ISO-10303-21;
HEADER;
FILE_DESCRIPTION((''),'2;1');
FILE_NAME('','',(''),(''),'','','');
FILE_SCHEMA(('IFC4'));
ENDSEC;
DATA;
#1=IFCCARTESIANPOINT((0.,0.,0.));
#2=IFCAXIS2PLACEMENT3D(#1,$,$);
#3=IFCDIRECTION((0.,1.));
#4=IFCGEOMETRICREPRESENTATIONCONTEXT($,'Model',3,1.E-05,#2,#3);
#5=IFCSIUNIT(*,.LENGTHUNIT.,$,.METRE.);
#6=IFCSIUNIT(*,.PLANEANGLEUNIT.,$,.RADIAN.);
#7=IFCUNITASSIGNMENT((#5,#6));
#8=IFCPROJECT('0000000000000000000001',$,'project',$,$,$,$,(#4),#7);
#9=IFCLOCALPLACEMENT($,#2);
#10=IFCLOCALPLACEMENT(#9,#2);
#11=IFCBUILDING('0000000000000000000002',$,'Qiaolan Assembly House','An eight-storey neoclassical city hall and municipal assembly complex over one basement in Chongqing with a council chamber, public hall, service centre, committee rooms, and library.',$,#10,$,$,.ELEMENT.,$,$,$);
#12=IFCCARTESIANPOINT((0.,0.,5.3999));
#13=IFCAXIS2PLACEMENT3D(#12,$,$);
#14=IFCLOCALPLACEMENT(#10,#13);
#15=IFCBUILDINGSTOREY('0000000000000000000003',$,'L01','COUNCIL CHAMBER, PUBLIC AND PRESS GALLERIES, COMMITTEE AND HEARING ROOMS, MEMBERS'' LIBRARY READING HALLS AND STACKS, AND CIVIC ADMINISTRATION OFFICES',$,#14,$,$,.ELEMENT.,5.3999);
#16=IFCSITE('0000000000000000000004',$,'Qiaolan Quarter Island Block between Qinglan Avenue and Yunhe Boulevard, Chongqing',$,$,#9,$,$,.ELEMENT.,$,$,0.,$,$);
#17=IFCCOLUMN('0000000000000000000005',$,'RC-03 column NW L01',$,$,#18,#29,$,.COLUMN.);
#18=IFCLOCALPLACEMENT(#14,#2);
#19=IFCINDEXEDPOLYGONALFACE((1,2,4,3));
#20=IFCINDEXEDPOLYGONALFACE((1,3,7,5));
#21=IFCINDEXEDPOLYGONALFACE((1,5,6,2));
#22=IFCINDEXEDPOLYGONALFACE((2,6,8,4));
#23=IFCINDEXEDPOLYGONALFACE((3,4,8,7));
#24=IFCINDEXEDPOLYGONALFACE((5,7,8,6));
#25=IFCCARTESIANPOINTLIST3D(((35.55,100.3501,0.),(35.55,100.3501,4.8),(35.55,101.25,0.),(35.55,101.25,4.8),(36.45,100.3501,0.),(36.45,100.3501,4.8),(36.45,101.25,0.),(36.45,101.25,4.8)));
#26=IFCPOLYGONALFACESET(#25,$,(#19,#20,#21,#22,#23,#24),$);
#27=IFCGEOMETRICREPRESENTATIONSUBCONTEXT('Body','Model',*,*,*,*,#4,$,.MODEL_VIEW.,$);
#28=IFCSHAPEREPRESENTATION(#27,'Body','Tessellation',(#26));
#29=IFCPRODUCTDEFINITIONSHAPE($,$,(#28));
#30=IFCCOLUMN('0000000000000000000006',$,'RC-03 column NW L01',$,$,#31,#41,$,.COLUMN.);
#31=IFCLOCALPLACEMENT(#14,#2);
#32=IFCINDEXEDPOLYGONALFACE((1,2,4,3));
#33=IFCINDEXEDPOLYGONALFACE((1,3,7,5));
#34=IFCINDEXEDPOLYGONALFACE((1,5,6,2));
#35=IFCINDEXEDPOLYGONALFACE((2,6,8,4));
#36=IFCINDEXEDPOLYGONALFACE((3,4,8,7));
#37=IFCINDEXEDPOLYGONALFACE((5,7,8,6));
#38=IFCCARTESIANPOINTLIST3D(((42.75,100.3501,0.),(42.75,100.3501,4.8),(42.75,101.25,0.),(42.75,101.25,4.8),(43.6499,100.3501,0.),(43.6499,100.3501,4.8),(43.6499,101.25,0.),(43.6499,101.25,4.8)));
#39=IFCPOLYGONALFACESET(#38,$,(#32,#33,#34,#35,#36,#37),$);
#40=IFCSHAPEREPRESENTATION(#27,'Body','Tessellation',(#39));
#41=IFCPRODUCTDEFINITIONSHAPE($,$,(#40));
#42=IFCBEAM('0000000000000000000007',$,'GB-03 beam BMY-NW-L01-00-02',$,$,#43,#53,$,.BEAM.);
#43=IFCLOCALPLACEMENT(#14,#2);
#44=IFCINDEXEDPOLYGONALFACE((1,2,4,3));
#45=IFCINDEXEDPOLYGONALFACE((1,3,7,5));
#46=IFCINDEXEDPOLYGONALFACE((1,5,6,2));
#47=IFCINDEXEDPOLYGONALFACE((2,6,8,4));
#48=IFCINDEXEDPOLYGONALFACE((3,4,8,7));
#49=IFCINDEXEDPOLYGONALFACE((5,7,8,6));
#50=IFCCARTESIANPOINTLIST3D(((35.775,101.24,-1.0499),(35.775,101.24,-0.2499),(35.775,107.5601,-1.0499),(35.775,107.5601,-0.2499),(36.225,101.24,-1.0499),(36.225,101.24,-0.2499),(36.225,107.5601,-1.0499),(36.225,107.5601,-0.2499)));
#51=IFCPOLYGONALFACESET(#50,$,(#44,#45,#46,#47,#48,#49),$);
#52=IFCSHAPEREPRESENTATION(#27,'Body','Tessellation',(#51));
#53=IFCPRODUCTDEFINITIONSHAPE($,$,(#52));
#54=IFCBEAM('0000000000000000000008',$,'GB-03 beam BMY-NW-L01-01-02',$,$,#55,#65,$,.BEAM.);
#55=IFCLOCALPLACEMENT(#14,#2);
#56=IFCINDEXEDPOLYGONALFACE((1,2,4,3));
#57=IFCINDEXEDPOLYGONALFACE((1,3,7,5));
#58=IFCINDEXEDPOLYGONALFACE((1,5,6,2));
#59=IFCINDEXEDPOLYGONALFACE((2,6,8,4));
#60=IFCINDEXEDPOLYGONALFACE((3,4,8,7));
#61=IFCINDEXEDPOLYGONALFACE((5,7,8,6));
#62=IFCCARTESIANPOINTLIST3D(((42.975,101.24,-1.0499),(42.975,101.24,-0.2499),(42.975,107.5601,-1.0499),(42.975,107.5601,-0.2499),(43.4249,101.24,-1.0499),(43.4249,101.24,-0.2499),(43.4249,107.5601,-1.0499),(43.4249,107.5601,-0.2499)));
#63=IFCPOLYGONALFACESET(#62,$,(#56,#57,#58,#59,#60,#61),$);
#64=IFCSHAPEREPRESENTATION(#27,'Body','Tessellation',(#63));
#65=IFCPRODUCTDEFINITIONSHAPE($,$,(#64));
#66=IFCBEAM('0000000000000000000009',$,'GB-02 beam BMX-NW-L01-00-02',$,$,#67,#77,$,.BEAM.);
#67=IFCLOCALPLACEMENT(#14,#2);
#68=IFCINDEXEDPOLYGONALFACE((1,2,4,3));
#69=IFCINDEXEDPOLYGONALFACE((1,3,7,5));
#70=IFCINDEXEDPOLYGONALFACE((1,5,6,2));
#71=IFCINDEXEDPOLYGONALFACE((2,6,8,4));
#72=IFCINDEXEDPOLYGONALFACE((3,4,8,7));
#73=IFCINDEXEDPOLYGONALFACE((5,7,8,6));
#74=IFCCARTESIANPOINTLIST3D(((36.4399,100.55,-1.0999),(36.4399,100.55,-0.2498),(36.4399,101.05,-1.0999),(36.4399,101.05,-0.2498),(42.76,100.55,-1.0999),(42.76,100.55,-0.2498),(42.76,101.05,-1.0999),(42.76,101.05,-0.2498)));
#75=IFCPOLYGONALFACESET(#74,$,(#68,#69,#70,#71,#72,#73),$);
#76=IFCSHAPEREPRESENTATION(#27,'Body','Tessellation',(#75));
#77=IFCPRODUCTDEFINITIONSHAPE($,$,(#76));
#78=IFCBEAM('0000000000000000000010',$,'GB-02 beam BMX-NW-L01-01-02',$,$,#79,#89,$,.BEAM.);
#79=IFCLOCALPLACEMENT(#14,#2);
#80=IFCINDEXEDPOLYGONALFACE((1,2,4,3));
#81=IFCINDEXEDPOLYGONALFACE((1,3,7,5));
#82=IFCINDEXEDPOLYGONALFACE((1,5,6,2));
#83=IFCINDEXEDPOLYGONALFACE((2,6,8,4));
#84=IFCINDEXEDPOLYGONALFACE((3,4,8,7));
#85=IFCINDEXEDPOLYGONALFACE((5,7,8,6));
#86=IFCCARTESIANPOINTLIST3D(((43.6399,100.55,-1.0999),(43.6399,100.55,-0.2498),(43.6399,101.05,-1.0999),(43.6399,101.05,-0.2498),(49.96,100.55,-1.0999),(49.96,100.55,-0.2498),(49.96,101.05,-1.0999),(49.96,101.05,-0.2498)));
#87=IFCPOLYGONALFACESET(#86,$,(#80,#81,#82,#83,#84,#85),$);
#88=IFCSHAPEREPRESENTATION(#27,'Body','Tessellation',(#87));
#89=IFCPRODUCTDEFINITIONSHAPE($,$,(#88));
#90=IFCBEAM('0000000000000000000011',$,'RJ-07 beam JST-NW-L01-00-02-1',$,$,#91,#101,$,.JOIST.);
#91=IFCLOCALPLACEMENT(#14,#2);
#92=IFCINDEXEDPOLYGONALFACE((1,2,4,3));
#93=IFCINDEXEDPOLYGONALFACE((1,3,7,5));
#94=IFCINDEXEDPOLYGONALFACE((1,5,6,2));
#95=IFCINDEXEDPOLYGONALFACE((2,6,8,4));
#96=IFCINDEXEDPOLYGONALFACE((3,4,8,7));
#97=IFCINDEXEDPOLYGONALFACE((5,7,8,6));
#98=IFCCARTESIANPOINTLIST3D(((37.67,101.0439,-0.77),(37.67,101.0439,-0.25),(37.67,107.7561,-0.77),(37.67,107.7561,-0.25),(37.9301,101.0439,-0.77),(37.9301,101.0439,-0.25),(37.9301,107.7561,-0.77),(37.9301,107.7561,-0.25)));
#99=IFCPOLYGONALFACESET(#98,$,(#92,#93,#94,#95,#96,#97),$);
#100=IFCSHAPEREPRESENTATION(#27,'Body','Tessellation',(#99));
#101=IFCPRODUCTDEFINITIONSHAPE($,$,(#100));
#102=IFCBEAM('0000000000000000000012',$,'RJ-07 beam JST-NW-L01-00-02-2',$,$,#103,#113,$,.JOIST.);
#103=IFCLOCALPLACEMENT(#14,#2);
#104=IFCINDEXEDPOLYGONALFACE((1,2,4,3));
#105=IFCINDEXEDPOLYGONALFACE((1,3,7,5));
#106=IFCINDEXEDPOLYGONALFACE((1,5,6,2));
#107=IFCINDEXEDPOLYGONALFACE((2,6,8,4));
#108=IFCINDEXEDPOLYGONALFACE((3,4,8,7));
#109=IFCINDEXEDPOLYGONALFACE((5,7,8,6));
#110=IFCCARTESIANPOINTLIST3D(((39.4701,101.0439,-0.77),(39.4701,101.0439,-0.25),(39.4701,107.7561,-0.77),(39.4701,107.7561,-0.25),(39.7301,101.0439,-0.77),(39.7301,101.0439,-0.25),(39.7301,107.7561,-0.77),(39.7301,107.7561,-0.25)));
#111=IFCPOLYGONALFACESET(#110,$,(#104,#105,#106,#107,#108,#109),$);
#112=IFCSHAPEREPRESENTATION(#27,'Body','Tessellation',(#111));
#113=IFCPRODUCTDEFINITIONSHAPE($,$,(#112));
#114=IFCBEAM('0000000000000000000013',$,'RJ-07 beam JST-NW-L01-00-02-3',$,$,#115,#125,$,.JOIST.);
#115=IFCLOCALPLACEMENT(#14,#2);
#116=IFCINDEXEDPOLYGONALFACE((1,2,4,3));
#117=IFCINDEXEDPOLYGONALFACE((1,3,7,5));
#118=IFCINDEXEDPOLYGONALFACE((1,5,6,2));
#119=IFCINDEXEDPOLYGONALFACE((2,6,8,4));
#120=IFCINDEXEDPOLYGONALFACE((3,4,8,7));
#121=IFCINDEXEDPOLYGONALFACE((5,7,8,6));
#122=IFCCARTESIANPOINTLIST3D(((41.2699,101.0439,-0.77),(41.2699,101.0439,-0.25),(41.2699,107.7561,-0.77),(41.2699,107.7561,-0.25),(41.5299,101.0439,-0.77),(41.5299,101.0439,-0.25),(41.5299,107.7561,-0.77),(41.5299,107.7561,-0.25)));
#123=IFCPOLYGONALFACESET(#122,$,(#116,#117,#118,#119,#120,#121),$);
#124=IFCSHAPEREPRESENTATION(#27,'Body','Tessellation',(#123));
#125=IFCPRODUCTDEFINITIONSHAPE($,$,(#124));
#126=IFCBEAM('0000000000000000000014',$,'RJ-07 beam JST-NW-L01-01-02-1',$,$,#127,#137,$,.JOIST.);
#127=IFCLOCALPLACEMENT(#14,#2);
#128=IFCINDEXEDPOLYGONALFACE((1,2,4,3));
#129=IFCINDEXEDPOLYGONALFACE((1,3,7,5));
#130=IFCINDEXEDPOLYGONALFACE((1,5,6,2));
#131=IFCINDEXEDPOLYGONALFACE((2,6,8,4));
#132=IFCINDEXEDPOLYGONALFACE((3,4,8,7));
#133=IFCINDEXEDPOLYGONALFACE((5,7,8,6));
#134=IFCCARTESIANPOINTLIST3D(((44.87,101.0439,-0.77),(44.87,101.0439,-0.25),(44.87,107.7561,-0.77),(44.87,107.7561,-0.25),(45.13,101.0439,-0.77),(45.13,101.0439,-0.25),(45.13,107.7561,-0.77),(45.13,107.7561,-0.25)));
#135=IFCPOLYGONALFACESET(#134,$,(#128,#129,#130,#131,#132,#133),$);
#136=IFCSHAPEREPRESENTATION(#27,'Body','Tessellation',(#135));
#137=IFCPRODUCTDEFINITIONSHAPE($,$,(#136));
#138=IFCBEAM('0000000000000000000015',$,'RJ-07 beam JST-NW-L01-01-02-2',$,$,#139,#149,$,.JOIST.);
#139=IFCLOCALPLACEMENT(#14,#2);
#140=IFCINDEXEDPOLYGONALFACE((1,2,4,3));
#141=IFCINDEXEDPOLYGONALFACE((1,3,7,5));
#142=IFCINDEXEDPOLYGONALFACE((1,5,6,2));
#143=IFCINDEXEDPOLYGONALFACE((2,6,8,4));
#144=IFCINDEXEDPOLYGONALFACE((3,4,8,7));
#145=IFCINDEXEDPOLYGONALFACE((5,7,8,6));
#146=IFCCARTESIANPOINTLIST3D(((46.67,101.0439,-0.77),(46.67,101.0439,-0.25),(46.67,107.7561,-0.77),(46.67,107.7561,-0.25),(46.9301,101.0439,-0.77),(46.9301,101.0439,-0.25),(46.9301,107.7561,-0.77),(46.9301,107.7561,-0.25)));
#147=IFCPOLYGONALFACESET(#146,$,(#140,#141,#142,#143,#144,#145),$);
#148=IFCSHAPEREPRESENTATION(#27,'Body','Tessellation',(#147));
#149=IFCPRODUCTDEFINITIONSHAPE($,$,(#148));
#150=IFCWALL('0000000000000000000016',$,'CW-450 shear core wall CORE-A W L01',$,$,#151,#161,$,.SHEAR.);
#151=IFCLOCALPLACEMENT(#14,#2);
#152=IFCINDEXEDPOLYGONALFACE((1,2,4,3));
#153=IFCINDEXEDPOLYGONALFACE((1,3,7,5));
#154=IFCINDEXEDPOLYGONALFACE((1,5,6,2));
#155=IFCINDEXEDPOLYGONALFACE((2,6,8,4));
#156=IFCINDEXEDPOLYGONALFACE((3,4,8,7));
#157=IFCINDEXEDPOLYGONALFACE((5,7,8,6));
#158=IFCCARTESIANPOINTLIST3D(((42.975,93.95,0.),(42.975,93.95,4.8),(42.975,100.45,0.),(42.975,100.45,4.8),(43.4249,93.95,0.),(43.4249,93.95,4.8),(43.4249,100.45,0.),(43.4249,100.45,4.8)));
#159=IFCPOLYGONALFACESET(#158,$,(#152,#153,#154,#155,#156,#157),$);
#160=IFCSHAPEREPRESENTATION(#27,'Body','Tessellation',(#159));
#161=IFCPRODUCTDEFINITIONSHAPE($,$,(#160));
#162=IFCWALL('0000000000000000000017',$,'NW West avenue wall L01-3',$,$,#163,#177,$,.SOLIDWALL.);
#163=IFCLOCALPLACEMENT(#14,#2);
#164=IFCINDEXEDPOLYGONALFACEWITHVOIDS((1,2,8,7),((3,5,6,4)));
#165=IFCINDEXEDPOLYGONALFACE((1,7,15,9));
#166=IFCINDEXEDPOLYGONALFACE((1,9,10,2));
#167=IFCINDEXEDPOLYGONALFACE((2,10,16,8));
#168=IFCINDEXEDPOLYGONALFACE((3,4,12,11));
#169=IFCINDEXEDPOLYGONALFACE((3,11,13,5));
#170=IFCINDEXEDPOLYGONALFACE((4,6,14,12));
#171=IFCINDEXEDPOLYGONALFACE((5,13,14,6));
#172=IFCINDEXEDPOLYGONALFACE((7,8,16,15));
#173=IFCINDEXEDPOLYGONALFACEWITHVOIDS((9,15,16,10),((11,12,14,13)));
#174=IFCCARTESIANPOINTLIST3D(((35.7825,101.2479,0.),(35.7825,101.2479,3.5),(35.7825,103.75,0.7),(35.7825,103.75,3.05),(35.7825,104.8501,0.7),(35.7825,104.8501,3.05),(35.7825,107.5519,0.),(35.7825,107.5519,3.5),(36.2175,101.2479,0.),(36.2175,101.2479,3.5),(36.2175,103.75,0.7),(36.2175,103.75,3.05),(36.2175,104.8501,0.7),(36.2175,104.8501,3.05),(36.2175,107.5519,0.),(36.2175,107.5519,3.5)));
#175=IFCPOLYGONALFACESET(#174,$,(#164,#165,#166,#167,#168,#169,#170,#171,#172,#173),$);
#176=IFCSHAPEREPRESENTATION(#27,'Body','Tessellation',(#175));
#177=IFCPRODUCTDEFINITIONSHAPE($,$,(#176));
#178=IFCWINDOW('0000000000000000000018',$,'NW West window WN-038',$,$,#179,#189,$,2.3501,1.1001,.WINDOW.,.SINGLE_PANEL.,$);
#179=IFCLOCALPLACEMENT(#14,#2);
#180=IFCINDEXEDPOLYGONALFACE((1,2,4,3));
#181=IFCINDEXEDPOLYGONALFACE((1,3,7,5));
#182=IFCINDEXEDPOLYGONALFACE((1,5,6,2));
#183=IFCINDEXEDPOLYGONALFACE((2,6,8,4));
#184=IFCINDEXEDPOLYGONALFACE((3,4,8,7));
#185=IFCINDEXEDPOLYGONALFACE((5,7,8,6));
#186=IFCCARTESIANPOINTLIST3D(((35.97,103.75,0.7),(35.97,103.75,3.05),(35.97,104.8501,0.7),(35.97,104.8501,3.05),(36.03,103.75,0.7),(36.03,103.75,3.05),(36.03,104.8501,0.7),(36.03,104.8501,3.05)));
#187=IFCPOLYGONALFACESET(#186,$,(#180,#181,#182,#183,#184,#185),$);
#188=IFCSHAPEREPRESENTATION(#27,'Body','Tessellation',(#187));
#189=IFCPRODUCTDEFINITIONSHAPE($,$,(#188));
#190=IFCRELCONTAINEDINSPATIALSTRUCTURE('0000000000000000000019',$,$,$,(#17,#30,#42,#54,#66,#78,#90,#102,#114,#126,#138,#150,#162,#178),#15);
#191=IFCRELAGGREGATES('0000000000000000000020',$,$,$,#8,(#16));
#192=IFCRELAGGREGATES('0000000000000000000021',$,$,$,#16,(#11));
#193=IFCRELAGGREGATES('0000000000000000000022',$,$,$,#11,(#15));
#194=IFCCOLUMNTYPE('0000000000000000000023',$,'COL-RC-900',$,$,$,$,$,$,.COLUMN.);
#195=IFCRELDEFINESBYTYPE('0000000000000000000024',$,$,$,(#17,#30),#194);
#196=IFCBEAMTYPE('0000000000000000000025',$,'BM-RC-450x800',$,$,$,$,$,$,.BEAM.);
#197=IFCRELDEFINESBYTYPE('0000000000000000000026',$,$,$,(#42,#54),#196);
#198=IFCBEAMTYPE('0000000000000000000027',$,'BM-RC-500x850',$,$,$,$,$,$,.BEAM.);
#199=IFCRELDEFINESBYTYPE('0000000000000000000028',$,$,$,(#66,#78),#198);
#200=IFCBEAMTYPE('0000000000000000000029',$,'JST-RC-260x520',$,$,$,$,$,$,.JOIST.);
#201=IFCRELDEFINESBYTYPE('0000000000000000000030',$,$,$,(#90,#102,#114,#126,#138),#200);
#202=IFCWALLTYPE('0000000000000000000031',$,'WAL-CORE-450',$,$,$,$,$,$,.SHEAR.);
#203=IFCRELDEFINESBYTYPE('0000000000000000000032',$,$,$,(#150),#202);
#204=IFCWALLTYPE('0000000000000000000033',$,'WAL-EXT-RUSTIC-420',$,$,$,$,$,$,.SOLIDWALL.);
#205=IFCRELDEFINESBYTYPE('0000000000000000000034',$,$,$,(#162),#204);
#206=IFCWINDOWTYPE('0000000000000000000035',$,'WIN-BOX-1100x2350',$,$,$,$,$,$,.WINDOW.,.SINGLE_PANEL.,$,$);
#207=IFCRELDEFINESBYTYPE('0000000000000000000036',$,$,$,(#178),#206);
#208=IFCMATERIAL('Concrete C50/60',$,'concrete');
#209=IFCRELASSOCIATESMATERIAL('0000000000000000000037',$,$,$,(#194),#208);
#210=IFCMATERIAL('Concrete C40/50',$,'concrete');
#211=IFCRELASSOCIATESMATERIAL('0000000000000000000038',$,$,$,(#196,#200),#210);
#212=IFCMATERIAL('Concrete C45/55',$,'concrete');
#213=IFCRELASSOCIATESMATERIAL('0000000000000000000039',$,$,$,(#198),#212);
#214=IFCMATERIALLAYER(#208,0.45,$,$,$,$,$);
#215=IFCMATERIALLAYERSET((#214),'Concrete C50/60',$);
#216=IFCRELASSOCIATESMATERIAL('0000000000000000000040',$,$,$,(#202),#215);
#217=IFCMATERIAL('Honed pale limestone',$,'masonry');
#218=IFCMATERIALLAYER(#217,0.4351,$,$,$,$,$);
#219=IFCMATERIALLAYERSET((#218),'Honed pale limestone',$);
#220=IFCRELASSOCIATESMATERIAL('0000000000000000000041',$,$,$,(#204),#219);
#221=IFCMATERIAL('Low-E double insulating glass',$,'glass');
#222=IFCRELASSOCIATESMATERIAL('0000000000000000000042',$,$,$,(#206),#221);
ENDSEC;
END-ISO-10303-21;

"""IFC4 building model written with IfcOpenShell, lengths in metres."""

from ifc_helpers import new_model, si_unit, direction, frame, frame_2d, origin, origin_2d, place, context, subcontext, project, spatial, rectangle, extrude, material, layer, layer_set, material_profile, profile_set, type_object, element, fill, save


model = new_model("IFC4")

# Units and contexts
model_context = context("Model", 3, precision=1e-05, world=origin(), true_north=direction((0.0, 1.0)))
body_context = subcontext(model_context, "Body", "Model", "MODEL_VIEW")
ifc_project = project(units=[si_unit("LENGTHUNIT", "METRE"), si_unit("PLANEANGLEUNIT", "RADIAN")], contexts=[model_context])

# Site, building, storey
site_placement = place(None, origin())
site = spatial("IfcSite", under=ifc_project, at=site_placement, Name="Qiaolan Quarter Island Block between Qinglan Avenue and Yunhe Boulevard, Chongqing", CompositionType="ELEMENT", RefElevation=0.0)
building_placement = place(site_placement, origin())
building = spatial("IfcBuilding", under=site, at=building_placement, Name="Qiaolan Assembly House", Description="An eight-storey neoclassical city hall and municipal assembly complex over one basement in Chongqing with a council chamber, public hall, service centre, committee rooms, and library.", CompositionType="ELEMENT")
storey_placement = place(building_placement, frame((0.0, 0.0, 5.3999)))
storey = spatial("IfcBuildingStorey", under=building, at=storey_placement, Name="L01", Description="COUNCIL CHAMBER, PUBLIC AND PRESS GALLERIES, COMMITTEE AND HEARING ROOMS, MEMBERS' LIBRARY READING HALLS AND STACKS, AND CIVIC ADMINISTRATION OFFICES", CompositionType="ELEMENT", Elevation=5.3999)

# Columns
ifc_material_1 = material(Name="Concrete C50/60", Category="concrete")
ifc_material_profile_1 = material_profile(ifc_material_1, rectangle(XDim=0.8999, YDim=0.8999, at=origin_2d()), Name="RC 900x900")
ifc_profile_set_1 = profile_set([ifc_material_profile_1], Name="Concrete C50/60")
column_type = type_object("IfcColumnType", Name="COL-RC-900", PredefinedType="COLUMN", material=ifc_profile_set_1)
for number, where, z_axis, x_axis, name in (
    (1, (36.0, 100.8, 0.0), (0.0, 0.0, 1.0), (1.0, 0.0, 0.0), "RC-03 column NW L01"),
    (2, (43.2, 100.8, 0.0), (0.0, 0.0, 1.0), (1.0, 0.0, 0.0), "RC-03 column NW L01"),
):
    element("IfcColumn", number, at=place(storey_placement, frame(where, z_axis=z_axis, x_axis=x_axis)), inside=storey, type_object=column_type, Name=name, PredefinedType="COLUMN", context=body_context, shape_type="SweptSolid", body=[
        extrude(rectangle(XDim=0.8999, YDim=0.8999, at=origin_2d()), origin(), (0.0, 0.0, 1.0), 4.8),
    ])

# Beams
ifc_material_2 = material(Name="Concrete C40/50", Category="concrete")
ifc_material_profile_2 = material_profile(ifc_material_2, rectangle(XDim=0.45, YDim=0.8, at=origin_2d()), Name="RCB 450x800")
ifc_profile_set_2 = profile_set([ifc_material_profile_2], Name="Concrete C40/50")
beam_type_1 = type_object("IfcBeamType", Name="BM-RC-450x800", PredefinedType="BEAM", material=ifc_profile_set_2)
for number, where, z_axis, x_axis, name in (
    (3, (36.0, 101.24, -0.6499), (0.0, 1.0, 0.0), (-1.0, 0.0, 0.0), "GB-03 beam BMY-NW-L01-00-02"),
    (4, (43.2, 101.24, -0.6499), (0.0, 1.0, 0.0), (-1.0, 0.0, 0.0), "GB-03 beam BMY-NW-L01-01-02"),
):
    element("IfcBeam", number, at=place(storey_placement, frame(where, z_axis=z_axis, x_axis=x_axis)), inside=storey, type_object=beam_type_1, Name=name, PredefinedType="BEAM", context=body_context, shape_type="SweptSolid", body=[
        extrude(rectangle(XDim=0.45, YDim=0.8, at=origin_2d()), origin(), (0.0, 0.0, 1.0), 6.3201),
    ])
ifc_material_3 = material(Name="Concrete C45/55", Category="concrete")
ifc_material_profile_3 = material_profile(ifc_material_3, rectangle(XDim=0.5, YDim=0.8501, at=origin_2d()), Name="RCB 500x850")
ifc_profile_set_3 = profile_set([ifc_material_profile_3], Name="Concrete C45/55")
beam_type_2 = type_object("IfcBeamType", Name="BM-RC-500x850", PredefinedType="BEAM", material=ifc_profile_set_3)
for number, where, z_axis, x_axis, name in (
    (5, (36.4399, 100.8, -0.6748), (1.0, 0.0, 0.0), (0.0, 1.0, 0.0), "GB-02 beam BMX-NW-L01-00-02"),
    (6, (43.6399, 100.8, -0.6748), (1.0, 0.0, 0.0), (0.0, 1.0, 0.0), "GB-02 beam BMX-NW-L01-01-02"),
):
    element("IfcBeam", number, at=place(storey_placement, frame(where, z_axis=z_axis, x_axis=x_axis)), inside=storey, type_object=beam_type_2, Name=name, PredefinedType="BEAM", context=body_context, shape_type="SweptSolid", body=[
        extrude(rectangle(XDim=0.5, YDim=0.8501, at=origin_2d()), origin(), (0.0, 0.0, 1.0), 6.3201),
    ])
ifc_material_profile_4 = material_profile(ifc_material_2, rectangle(XDim=0.26, YDim=0.52, at=origin_2d()), Name="RCB 260x520")
ifc_profile_set_4 = profile_set([ifc_material_profile_4], Name="Concrete C40/50")
beam_type_3 = type_object("IfcBeamType", Name="JST-RC-260x520", PredefinedType="JOIST", material=ifc_profile_set_4)
for number, where, z_axis, x_axis, name in (
    (7, (37.8, 101.0439, -0.51), (0.0, 1.0, 0.0), (-1.0, 0.0, 0.0), "RJ-07 beam JST-NW-L01-00-02-1"),
    (8, (39.6001, 101.0439, -0.51), (0.0, 1.0, 0.0), (-1.0, 0.0, 0.0), "RJ-07 beam JST-NW-L01-00-02-2"),
    (9, (41.3999, 101.0439, -0.51), (0.0, 1.0, 0.0), (-1.0, 0.0, 0.0), "RJ-07 beam JST-NW-L01-00-02-3"),
    (10, (45.0, 101.0439, -0.51), (0.0, 1.0, 0.0), (-1.0, 0.0, 0.0), "RJ-07 beam JST-NW-L01-01-02-1"),
    (11, (46.8, 101.0439, -0.51), (0.0, 1.0, 0.0), (-1.0, 0.0, 0.0), "RJ-07 beam JST-NW-L01-01-02-2"),
):
    element("IfcBeam", number, at=place(storey_placement, frame(where, z_axis=z_axis, x_axis=x_axis)), inside=storey, type_object=beam_type_3, Name=name, PredefinedType="JOIST", context=body_context, shape_type="SweptSolid", body=[
        extrude(rectangle(XDim=0.26, YDim=0.52, at=origin_2d()), origin(), (0.0, 0.0, 1.0), 6.7122),
    ])

# Wall
ifc_layer_1 = layer(ifc_material_1, 0.45)
ifc_layer_set_1 = layer_set([ifc_layer_1], Name="Concrete C50/60")
wall_type_1 = type_object("IfcWallType", Name="WAL-CORE-450", PredefinedType="SHEAR", material=ifc_layer_set_1)
wall_1_placement = place(storey_placement, frame((43.2, 100.45, 0.0), z_axis=(0.0, 0.0, 1.0), x_axis=(0.0, -1.0, 0.0)))
element("IfcWall", 12, at=wall_1_placement, inside=storey, type_object=wall_type_1, Name="CW-450 shear core wall CORE-A W L01", PredefinedType="SHEAR", context=body_context, shape_type="SweptSolid", body=[
    extrude(rectangle(XDim=6.5, YDim=0.45, at=frame_2d((3.25, 0.0))), origin(), (0.0, 0.0, 1.0), 4.8),
])

# Wall, opening, window
ifc_material_4 = material(Name="Honed pale limestone", Category="masonry")
ifc_layer_2 = layer(ifc_material_4, 0.4351)
ifc_layer_set_2 = layer_set([ifc_layer_2], Name="Honed pale limestone")
wall_type_2 = type_object("IfcWallType", Name="WAL-EXT-RUSTIC-420", PredefinedType="SOLIDWALL", material=ifc_layer_set_2)
wall_2_placement = place(storey_placement, frame((36.0, 101.248, 0.0), z_axis=(0.0, 0.0, 1.0), x_axis=(0.0, 1.0, 0.0)))
wall_2 = element("IfcWall", 13, at=wall_2_placement, inside=storey, type_object=wall_type_2, Name="NW West avenue wall L01-3", PredefinedType="SOLIDWALL", context=body_context, shape_type="SweptSolid", body=[
    extrude(rectangle(XDim=6.304, YDim=0.4351, at=frame_2d((3.1519, 0.0))), origin(), (0.0, 0.0, 1.0), 3.5),
])
opening_1_placement = place(wall_2_placement, frame((2.502, 0.0, 0.7)))
opening_1 = element("IfcOpeningElement", 14, at=opening_1_placement, cuts=wall_2, PredefinedType="OPENING", context=body_context, shape_type="SweptSolid", body=[
    extrude(rectangle(XDim=1.1001, YDim=2.3501, at=frame_2d((0.55, 1.175))), frame((0.0, 0.2275, 0.0), z_axis=(0.0, -1.0, 0.0), x_axis=(1.0, 0.0, 0.0)), (0.0, 0.0, 1.0), 0.4551),
])
ifc_material_5 = material(Name="Low-E double insulating glass", Category="glass")
window_type = type_object("IfcWindowType", Name="WIN-BOX-1100x2350", PartitioningType="SINGLE_PANEL", PredefinedType="WINDOW", material=ifc_material_5)
window_placement = place(opening_1_placement, origin())
window = element("IfcWindow", 15, at=window_placement, inside=storey, type_object=window_type, Name="NW West window WN-038", OverallHeight=2.3501, OverallWidth=1.1001, PartitioningType="SINGLE_PANEL", PredefinedType="WINDOW", context=body_context, shape_type="SweptSolid", body=[
    extrude(rectangle(XDim=1.1001, YDim=2.3501, at=frame_2d((0.55, 1.175))), frame((0.0, 0.03, 0.0), z_axis=(0.0, -1.0, 0.0), x_axis=(1.0, 0.0, 0.0)), (0.0, 0.0, 1.0), 0.0601),
])
fill(opening_1, window)

save(model, "model.ifc")
